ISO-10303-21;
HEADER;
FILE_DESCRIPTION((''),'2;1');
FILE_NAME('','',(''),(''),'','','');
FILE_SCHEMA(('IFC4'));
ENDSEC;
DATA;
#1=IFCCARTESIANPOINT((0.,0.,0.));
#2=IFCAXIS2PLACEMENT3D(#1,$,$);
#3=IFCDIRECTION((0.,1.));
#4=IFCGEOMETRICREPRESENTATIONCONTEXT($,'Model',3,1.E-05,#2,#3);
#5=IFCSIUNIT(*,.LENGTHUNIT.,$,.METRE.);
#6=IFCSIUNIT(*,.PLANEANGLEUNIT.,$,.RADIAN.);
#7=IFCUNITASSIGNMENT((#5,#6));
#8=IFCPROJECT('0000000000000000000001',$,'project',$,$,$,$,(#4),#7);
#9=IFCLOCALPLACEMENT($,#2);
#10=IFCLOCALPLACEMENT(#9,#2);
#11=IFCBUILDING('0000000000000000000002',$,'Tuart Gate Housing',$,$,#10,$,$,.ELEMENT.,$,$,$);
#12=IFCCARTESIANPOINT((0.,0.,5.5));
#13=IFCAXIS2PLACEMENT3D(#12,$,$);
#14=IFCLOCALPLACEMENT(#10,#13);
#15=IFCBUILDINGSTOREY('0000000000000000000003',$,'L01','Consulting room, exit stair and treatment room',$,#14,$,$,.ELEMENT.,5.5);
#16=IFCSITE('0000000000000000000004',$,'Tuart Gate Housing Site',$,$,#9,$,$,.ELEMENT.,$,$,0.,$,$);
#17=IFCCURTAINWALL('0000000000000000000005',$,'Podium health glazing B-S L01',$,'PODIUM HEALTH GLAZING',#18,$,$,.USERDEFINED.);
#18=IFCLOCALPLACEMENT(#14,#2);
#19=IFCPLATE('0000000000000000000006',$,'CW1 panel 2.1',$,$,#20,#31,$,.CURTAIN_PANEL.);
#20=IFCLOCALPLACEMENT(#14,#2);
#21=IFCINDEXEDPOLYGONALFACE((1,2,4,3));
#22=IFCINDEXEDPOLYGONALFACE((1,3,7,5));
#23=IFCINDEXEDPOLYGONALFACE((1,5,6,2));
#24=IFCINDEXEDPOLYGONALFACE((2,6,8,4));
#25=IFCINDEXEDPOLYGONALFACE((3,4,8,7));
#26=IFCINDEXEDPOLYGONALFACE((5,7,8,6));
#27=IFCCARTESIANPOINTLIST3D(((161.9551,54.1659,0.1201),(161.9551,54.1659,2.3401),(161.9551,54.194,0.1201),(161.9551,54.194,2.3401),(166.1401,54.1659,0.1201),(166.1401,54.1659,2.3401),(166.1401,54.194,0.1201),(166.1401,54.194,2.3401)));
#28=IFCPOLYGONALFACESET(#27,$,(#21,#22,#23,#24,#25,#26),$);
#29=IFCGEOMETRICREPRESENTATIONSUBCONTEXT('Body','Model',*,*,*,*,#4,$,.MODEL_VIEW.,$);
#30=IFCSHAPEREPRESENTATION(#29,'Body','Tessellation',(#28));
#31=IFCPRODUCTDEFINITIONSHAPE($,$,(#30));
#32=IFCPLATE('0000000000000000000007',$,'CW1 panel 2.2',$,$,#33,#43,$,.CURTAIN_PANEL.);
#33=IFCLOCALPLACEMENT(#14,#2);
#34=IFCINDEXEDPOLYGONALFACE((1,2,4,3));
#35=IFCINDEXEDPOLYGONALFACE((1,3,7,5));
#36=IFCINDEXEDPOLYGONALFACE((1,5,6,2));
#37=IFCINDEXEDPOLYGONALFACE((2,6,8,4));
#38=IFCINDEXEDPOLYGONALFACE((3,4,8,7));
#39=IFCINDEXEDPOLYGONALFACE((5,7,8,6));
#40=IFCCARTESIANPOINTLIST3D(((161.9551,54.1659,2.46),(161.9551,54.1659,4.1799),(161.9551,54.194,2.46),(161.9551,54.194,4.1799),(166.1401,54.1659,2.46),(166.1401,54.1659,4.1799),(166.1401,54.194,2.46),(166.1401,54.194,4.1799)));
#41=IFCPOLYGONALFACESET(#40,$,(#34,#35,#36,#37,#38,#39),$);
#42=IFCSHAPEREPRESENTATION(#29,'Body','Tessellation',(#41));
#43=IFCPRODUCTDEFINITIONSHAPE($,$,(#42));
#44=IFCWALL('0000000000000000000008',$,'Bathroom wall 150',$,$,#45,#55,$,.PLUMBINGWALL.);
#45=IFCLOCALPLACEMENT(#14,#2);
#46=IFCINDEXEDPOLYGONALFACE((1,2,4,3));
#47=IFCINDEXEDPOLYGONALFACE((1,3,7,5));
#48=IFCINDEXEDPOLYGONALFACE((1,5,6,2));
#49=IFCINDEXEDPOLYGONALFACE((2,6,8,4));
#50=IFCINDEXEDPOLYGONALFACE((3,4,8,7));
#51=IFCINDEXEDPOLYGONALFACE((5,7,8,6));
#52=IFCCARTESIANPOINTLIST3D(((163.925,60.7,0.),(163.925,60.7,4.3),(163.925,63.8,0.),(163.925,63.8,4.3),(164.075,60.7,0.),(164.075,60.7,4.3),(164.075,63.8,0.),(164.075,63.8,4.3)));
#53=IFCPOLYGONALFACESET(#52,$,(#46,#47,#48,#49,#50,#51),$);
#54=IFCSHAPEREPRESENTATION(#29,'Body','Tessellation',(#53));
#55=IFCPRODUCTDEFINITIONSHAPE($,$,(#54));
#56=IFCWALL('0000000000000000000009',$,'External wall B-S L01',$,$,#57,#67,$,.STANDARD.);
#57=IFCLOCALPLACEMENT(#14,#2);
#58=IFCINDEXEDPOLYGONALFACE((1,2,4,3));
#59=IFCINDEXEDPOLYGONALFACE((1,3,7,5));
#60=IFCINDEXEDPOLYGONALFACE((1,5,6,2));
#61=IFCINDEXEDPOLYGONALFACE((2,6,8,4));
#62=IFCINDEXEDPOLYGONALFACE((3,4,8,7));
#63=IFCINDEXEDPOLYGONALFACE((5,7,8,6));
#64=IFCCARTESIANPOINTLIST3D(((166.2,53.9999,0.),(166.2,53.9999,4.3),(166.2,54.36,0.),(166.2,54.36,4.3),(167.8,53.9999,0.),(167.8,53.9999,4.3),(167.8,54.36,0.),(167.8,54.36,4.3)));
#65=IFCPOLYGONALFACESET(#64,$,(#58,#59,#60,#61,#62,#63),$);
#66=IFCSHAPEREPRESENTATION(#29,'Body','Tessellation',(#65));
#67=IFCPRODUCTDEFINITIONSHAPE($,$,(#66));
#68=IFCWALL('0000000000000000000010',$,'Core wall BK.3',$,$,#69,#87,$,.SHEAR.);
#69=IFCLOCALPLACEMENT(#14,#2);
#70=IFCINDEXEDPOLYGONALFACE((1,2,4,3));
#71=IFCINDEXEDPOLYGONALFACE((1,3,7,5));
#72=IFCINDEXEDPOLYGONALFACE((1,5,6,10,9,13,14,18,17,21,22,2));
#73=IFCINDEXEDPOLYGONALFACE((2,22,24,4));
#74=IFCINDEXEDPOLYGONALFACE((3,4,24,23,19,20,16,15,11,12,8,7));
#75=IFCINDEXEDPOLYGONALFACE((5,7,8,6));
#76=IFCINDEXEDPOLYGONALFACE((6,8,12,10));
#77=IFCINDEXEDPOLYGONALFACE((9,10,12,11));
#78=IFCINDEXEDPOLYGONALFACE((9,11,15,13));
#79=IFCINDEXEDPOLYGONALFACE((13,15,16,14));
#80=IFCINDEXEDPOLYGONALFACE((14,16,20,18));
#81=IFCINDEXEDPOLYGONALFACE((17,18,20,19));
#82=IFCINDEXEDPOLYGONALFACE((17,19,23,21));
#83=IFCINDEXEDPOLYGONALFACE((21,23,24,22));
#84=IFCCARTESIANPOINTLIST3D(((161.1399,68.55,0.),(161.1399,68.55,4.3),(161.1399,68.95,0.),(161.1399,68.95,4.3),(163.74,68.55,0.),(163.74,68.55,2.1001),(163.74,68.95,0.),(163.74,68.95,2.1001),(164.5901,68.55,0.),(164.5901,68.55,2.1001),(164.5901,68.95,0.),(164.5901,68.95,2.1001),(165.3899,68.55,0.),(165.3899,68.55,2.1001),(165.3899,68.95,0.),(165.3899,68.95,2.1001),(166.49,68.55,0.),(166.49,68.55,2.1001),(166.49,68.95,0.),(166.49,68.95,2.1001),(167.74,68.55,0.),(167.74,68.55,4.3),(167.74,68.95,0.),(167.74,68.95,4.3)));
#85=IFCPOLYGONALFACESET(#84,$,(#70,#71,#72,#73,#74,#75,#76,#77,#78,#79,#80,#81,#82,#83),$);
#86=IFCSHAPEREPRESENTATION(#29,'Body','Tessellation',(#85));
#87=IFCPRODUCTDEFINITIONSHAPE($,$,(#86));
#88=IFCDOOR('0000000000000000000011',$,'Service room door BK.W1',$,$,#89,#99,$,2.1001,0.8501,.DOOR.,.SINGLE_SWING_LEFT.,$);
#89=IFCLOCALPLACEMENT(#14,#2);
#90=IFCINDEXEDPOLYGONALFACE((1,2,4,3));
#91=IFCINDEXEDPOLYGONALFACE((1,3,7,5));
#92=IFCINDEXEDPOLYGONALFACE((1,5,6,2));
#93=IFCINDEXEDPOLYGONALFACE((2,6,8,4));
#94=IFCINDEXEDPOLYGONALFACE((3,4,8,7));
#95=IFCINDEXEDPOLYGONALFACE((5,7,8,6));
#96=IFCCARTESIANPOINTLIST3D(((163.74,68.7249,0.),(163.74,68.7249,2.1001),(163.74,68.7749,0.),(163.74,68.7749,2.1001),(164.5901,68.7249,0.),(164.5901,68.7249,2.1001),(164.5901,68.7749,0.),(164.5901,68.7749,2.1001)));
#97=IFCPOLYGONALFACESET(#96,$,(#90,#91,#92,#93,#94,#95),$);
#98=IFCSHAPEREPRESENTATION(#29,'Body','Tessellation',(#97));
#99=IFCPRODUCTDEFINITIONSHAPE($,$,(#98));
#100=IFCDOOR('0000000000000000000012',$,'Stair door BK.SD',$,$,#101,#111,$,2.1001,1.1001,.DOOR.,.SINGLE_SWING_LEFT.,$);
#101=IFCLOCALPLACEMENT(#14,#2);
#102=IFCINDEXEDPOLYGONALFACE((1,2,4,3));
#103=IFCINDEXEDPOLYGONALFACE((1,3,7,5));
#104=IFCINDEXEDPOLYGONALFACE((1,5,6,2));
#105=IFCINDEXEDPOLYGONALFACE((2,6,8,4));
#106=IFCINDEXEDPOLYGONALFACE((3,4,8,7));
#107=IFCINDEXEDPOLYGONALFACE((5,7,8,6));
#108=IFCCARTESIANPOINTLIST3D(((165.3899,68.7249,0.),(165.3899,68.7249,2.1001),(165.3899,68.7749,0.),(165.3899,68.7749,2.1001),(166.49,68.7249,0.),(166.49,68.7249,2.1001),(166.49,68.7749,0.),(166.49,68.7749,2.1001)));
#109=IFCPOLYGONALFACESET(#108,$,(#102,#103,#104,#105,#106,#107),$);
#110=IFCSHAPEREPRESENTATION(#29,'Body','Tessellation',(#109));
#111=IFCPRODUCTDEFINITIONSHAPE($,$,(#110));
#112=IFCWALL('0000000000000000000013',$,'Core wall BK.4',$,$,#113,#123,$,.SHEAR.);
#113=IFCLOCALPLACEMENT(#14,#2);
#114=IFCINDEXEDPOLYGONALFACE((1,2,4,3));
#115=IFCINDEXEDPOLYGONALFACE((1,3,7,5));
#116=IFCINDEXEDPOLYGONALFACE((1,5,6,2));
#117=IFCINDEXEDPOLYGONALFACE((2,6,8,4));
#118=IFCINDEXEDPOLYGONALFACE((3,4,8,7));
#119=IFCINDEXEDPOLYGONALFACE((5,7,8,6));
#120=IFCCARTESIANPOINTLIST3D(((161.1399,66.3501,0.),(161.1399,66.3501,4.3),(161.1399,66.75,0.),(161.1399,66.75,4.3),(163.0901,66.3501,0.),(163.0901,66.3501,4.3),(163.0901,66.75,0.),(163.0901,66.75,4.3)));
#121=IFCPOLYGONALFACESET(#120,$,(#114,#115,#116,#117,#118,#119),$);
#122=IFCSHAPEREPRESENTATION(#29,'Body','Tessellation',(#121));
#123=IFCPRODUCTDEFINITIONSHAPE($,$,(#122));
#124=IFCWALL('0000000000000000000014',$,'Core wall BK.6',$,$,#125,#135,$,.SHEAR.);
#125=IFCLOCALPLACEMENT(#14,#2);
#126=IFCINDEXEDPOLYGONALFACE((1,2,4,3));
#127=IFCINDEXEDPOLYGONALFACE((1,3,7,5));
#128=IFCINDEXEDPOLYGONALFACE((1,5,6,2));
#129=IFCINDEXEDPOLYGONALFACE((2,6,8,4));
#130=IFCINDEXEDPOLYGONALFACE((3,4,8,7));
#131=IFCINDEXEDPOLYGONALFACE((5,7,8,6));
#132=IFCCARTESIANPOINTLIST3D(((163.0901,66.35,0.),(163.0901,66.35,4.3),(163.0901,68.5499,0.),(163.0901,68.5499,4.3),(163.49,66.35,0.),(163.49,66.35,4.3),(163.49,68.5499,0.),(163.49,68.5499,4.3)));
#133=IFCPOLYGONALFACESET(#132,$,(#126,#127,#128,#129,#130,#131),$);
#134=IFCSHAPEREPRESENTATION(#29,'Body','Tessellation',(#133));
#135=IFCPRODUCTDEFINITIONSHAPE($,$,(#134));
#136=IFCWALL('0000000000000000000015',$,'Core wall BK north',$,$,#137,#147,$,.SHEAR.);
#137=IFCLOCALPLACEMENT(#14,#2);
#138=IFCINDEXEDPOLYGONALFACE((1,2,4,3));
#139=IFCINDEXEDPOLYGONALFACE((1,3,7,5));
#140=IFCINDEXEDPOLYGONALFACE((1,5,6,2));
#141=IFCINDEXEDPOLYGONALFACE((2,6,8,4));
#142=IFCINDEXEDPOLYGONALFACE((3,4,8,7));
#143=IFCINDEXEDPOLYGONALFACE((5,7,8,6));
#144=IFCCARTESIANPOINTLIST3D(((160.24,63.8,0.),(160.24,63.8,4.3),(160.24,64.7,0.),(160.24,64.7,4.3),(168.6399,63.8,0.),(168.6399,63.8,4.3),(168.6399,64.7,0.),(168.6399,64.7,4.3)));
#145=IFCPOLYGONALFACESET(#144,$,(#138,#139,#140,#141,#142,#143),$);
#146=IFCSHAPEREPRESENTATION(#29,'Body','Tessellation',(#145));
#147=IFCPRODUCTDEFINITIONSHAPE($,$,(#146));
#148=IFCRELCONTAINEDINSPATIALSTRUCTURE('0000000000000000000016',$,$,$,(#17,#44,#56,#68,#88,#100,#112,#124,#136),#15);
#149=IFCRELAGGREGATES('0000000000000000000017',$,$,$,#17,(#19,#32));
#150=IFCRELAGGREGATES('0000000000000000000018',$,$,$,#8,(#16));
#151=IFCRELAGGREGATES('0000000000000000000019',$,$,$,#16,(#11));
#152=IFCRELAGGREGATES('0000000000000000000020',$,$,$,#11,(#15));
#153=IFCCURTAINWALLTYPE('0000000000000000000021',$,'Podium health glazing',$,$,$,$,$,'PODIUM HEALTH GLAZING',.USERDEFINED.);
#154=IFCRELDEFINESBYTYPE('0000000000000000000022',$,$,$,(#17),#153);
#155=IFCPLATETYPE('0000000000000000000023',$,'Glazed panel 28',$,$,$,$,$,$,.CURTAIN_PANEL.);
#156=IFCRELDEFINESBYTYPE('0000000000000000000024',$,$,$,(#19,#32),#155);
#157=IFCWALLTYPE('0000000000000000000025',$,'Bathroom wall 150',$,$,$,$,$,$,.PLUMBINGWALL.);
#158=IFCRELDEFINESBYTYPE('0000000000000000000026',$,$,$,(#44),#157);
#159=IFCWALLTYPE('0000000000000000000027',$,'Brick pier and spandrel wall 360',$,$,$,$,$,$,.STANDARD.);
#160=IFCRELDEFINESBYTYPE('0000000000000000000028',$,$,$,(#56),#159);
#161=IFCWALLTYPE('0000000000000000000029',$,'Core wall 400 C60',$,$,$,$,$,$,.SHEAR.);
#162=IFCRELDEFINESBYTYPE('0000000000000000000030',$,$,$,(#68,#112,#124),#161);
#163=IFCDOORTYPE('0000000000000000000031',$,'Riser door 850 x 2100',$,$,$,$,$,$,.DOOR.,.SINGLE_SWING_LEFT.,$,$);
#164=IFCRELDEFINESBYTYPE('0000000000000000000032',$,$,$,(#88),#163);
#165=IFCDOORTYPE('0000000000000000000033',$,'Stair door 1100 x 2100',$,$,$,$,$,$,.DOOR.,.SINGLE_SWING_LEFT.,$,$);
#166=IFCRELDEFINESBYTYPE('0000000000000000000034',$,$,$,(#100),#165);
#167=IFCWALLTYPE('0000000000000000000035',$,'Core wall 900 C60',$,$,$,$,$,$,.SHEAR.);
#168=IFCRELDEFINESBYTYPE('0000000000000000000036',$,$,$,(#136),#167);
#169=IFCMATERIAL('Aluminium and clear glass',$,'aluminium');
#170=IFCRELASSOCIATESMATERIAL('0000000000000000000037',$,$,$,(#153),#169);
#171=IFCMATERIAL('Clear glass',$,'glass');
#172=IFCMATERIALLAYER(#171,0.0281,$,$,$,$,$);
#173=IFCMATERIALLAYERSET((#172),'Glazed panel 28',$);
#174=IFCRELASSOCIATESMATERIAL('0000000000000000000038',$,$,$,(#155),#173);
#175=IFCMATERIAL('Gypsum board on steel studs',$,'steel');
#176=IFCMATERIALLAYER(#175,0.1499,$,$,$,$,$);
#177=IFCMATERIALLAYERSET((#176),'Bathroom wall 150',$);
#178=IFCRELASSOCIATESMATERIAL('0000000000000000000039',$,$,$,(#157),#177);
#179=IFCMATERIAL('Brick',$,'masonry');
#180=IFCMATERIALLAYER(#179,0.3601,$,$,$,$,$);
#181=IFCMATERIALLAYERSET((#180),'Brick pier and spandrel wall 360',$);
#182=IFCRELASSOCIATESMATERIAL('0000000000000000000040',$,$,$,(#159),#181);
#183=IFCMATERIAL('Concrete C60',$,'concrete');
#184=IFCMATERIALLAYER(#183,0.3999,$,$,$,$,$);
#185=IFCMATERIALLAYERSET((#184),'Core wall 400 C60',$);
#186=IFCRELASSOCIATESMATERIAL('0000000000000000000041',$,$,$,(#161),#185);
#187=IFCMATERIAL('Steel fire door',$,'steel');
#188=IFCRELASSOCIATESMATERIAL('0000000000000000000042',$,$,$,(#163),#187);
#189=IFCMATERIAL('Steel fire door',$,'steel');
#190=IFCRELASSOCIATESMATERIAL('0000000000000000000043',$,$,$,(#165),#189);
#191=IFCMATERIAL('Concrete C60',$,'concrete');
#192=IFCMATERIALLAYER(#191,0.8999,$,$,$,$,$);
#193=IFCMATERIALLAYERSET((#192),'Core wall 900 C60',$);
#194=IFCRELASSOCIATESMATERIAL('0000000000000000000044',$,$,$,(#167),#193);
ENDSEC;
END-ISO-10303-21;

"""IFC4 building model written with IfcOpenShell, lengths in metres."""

from ifc_helpers import new_model, si_unit, direction, frame, frame_2d, origin, origin_2d, place, context, subcontext, project, spatial, rectangle, extrude, material, layer, layer_set, type_object, element, fill, aggregate, save


model = new_model("IFC4")

# Units and contexts
model_context = context("Model", 3, precision=1e-05, world=origin(), true_north=direction((0.0, 1.0)))
body_context = subcontext(model_context, "Body", "Model", "MODEL_VIEW")
ifc_project = project(units=[si_unit("LENGTHUNIT", "METRE"), si_unit("PLANEANGLEUNIT", "RADIAN")], contexts=[model_context])

# Site, building, storey
site_placement = place(None, origin())
site = spatial("IfcSite", under=ifc_project, at=site_placement, Name="Tuart Gate Housing Site", CompositionType="ELEMENT", RefElevation=0.0)
building_placement = place(site_placement, origin())
building = spatial("IfcBuilding", under=site, at=building_placement, Name="Tuart Gate Housing", CompositionType="ELEMENT")
storey_placement = place(building_placement, frame((0.0, 0.0, 5.5)))
storey = spatial("IfcBuildingStorey", under=building, at=storey_placement, Name="L01", Description="Consulting room, exit stair and treatment room", CompositionType="ELEMENT", Elevation=5.5)

# Curtain wall
ifc_material_1 = material(Name="Aluminium and clear glass", Category="aluminium")
curtain_wall_type = type_object("IfcCurtainWallType", Name="Podium health glazing", ElementType="PODIUM HEALTH GLAZING", PredefinedType="USERDEFINED", material=ifc_material_1)
curtain_wall_1_placement = place(storey_placement, origin())
curtain_wall_1 = element("IfcCurtainWall", 1, at=curtain_wall_1_placement, inside=storey, type_object=curtain_wall_type, Name="Podium health glazing B-S L01", ObjectType="PODIUM HEALTH GLAZING", PredefinedType="USERDEFINED")

# Plates
ifc_material_2 = material(Name="Clear glass", Category="glass")
ifc_layer_1 = layer(ifc_material_2, 0.0281)
ifc_layer_set_1 = layer_set([ifc_layer_1], Name="Glazed panel 28")
plate_type = type_object("IfcPlateType", Name="Glazed panel 28", PredefinedType="CURTAIN_PANEL", material=ifc_layer_set_1)
plate_1_placement = place(storey_placement, frame((164.0476, 54.1799, 0.1201), z_axis=(0.0, 0.0, 1.0), x_axis=(1.0, 0.0, 0.0)))
plate_1 = element("IfcPlate", 2, at=plate_1_placement, type_object=plate_type, Name="CW1 panel 2.1", PredefinedType="CURTAIN_PANEL", context=body_context, shape_type="SweptSolid", body=[
    extrude(rectangle(XDim=4.1851, YDim=0.0281, at=origin_2d()), origin(), (0.0, 0.0, 1.0), 2.22),
])
plate_2_placement = place(storey_placement, frame((164.0476, 54.1799, 2.46), z_axis=(0.0, 0.0, 1.0), x_axis=(1.0, 0.0, 0.0)))
plate_2 = element("IfcPlate", 3, at=plate_2_placement, type_object=plate_type, Name="CW1 panel 2.2", PredefinedType="CURTAIN_PANEL", context=body_context, shape_type="SweptSolid", body=[
    extrude(rectangle(XDim=4.1851, YDim=0.0281, at=origin_2d()), origin(), (0.0, 0.0, 1.0), 1.72),
])
aggregate(curtain_wall_1, [plate_1, plate_2])

# Walls
ifc_material_3 = material(Name="Gypsum board on steel studs", Category="steel")
ifc_layer_2 = layer(ifc_material_3, 0.1499)
ifc_layer_set_2 = layer_set([ifc_layer_2], Name="Bathroom wall 150")
wall_type_1 = type_object("IfcWallType", Name="Bathroom wall 150", PredefinedType="PLUMBINGWALL", material=ifc_layer_set_2)
wall_1_placement = place(storey_placement, frame((164.0, 60.7, 0.0), z_axis=(0.0, 0.0, 1.0), x_axis=(0.0, 1.0, 0.0)))
element("IfcWall", 4, at=wall_1_placement, inside=storey, type_object=wall_type_1, Name="Bathroom wall 150", PredefinedType="PLUMBINGWALL", context=body_context, shape_type="SweptSolid", body=[
    extrude(rectangle(XDim=3.1001, YDim=0.1499, at=frame_2d((1.55, 0.0))), origin(), (0.0, 0.0, 1.0), 4.3),
])
ifc_material_4 = material(Name="Brick", Category="masonry")
ifc_layer_3 = layer(ifc_material_4, 0.3601)
ifc_layer_set_3 = layer_set([ifc_layer_3], Name="Brick pier and spandrel wall 360")
wall_type_2 = type_object("IfcWallType", Name="Brick pier and spandrel wall 360", PredefinedType="STANDARD", material=ifc_layer_set_3)
wall_2_placement = place(storey_placement, frame((166.2, 54.1799, 0.0), z_axis=(0.0, 0.0, 1.0), x_axis=(1.0, 0.0, 0.0)))
element("IfcWall", 5, at=wall_2_placement, inside=storey, type_object=wall_type_2, Name="External wall B-S L01", PredefinedType="STANDARD", context=body_context, shape_type="SweptSolid", body=[
    extrude(rectangle(XDim=1.6001, YDim=0.3601, at=frame_2d((0.8, 0.0))), origin(), (0.0, 0.0, 1.0), 4.3),
])

# Wall, openings, doors
ifc_material_5 = material(Name="Concrete C60", Category="concrete")
ifc_layer_4 = layer(ifc_material_5, 0.3999)
ifc_layer_set_4 = layer_set([ifc_layer_4], Name="Core wall 400 C60")
wall_type_3 = type_object("IfcWallType", Name="Core wall 400 C60", PredefinedType="SHEAR", material=ifc_layer_set_4)
wall_3_placement = place(storey_placement, frame((161.1399, 68.75, 0.0), z_axis=(0.0, 0.0, 1.0), x_axis=(1.0, 0.0, 0.0)))
wall_3 = element("IfcWall", 6, at=wall_3_placement, inside=storey, type_object=wall_type_3, Name="Core wall BK.3", PredefinedType="SHEAR", context=body_context, shape_type="SweptSolid", body=[
    extrude(rectangle(XDim=6.6001, YDim=0.3999, at=frame_2d((3.3, 0.0))), origin(), (0.0, 0.0, 1.0), 4.3),
])
opening_1_placement = place(wall_3_placement, frame((4.25, 0.0, 0.0)))
opening_1 = element("IfcOpeningElement", 7, at=opening_1_placement, cuts=wall_3, PredefinedType="OPENING", context=body_context, shape_type="SweptSolid", body=[
    extrude(rectangle(XDim=1.1001, YDim=2.1001, at=frame_2d((0.55, 1.05))), frame((0.0, 0.21, 0.0), z_axis=(0.0, -1.0, 0.0), x_axis=(1.0, 0.0, 0.0)), (0.0, 0.0, 1.0), 0.4199),
])
opening_2_placement = place(wall_3_placement, frame((2.6001, 0.0, 0.0)))
opening_2 = element("IfcOpeningElement", 8, at=opening_2_placement, cuts=wall_3, PredefinedType="OPENING", context=body_context, shape_type="SweptSolid", body=[
    extrude(rectangle(XDim=0.8501, YDim=2.1001, at=frame_2d((0.425, 1.05))), frame((0.0, 0.21, 0.0), z_axis=(0.0, -1.0, 0.0), x_axis=(1.0, 0.0, 0.0)), (0.0, 0.0, 1.0), 0.4199),
])
ifc_material_6 = material(Name="Steel fire door", Category="steel")
door_type_1 = type_object("IfcDoorType", Name="Riser door 850 x 2100", OperationType="SINGLE_SWING_LEFT", PredefinedType="DOOR", material=ifc_material_6)
door_1_placement = place(opening_2_placement, origin())
door_1 = element("IfcDoor", 9, at=door_1_placement, inside=storey, type_object=door_type_1, Name="Service room door BK.W1", OperationType="SINGLE_SWING_LEFT", OverallHeight=2.1001, OverallWidth=0.8501, PredefinedType="DOOR", context=body_context, shape_type="SweptSolid", body=[
    extrude(rectangle(XDim=0.8501, YDim=2.1001, at=frame_2d((0.425, 1.05))), frame((0.0, 0.0249, 0.0), z_axis=(0.0, -1.0, 0.0), x_axis=(1.0, 0.0, 0.0)), (0.0, 0.0, 1.0), 0.05),
])
fill(opening_2, door_1)
ifc_material_7 = material(Name="Steel fire door", Category="steel")
door_type_2 = type_object("IfcDoorType", Name="Stair door 1100 x 2100", OperationType="SINGLE_SWING_LEFT", PredefinedType="DOOR", material=ifc_material_7)
door_2_placement = place(opening_1_placement, origin())
door_2 = element("IfcDoor", 10, at=door_2_placement, inside=storey, type_object=door_type_2, Name="Stair door BK.SD", OperationType="SINGLE_SWING_LEFT", OverallHeight=2.1001, OverallWidth=1.1001, PredefinedType="DOOR", context=body_context, shape_type="SweptSolid", body=[
    extrude(rectangle(XDim=1.1001, YDim=2.1001, at=frame_2d((0.55, 1.05))), frame((0.0, 0.0249, 0.0), z_axis=(0.0, -1.0, 0.0), x_axis=(1.0, 0.0, 0.0)), (0.0, 0.0, 1.0), 0.05),
])
fill(opening_1, door_2)

# Walls
wall_4_placement = place(storey_placement, frame((161.1399, 66.55, 0.0), z_axis=(0.0, 0.0, 1.0), x_axis=(1.0, 0.0, 0.0)))
element("IfcWall", 11, at=wall_4_placement, inside=storey, type_object=wall_type_3, Name="Core wall BK.4", PredefinedType="SHEAR", context=body_context, shape_type="SweptSolid", body=[
    extrude(rectangle(XDim=1.9502, YDim=0.3999, at=frame_2d((0.9751, 0.0))), origin(), (0.0, 0.0, 1.0), 4.3),
])
wall_5_placement = place(storey_placement, frame((163.29, 68.55, 0.0), z_axis=(0.0, 0.0, 1.0), x_axis=(0.0, -1.0, 0.0)))
element("IfcWall", 12, at=wall_5_placement, inside=storey, type_object=wall_type_3, Name="Core wall BK.6", PredefinedType="SHEAR", context=body_context, shape_type="SweptSolid", body=[
    extrude(rectangle(XDim=2.2, YDim=0.3999, at=frame_2d((1.1001, 0.0))), origin(), (0.0, 0.0, 1.0), 4.3),
])
ifc_material_8 = material(Name="Concrete C60", Category="concrete")
ifc_layer_5 = layer(ifc_material_8, 0.8999)
ifc_layer_set_5 = layer_set([ifc_layer_5], Name="Core wall 900 C60")
wall_type_4 = type_object("IfcWallType", Name="Core wall 900 C60", PredefinedType="SHEAR", material=ifc_layer_set_5)
wall_6_placement = place(storey_placement, frame((160.24, 64.25, 0.0), z_axis=(0.0, 0.0, 1.0), x_axis=(1.0, 0.0, 0.0)))
element("IfcWall", 13, at=wall_6_placement, inside=storey, type_object=wall_type_4, Name="Core wall BK north", PredefinedType="SHEAR", context=body_context, shape_type="SweptSolid", body=[
    extrude(rectangle(XDim=8.3999, YDim=0.8999, at=frame_2d((4.2, 0.0))), origin(), (0.0, 0.0, 1.0), 4.3),
])

save(model, "model.ifc")
